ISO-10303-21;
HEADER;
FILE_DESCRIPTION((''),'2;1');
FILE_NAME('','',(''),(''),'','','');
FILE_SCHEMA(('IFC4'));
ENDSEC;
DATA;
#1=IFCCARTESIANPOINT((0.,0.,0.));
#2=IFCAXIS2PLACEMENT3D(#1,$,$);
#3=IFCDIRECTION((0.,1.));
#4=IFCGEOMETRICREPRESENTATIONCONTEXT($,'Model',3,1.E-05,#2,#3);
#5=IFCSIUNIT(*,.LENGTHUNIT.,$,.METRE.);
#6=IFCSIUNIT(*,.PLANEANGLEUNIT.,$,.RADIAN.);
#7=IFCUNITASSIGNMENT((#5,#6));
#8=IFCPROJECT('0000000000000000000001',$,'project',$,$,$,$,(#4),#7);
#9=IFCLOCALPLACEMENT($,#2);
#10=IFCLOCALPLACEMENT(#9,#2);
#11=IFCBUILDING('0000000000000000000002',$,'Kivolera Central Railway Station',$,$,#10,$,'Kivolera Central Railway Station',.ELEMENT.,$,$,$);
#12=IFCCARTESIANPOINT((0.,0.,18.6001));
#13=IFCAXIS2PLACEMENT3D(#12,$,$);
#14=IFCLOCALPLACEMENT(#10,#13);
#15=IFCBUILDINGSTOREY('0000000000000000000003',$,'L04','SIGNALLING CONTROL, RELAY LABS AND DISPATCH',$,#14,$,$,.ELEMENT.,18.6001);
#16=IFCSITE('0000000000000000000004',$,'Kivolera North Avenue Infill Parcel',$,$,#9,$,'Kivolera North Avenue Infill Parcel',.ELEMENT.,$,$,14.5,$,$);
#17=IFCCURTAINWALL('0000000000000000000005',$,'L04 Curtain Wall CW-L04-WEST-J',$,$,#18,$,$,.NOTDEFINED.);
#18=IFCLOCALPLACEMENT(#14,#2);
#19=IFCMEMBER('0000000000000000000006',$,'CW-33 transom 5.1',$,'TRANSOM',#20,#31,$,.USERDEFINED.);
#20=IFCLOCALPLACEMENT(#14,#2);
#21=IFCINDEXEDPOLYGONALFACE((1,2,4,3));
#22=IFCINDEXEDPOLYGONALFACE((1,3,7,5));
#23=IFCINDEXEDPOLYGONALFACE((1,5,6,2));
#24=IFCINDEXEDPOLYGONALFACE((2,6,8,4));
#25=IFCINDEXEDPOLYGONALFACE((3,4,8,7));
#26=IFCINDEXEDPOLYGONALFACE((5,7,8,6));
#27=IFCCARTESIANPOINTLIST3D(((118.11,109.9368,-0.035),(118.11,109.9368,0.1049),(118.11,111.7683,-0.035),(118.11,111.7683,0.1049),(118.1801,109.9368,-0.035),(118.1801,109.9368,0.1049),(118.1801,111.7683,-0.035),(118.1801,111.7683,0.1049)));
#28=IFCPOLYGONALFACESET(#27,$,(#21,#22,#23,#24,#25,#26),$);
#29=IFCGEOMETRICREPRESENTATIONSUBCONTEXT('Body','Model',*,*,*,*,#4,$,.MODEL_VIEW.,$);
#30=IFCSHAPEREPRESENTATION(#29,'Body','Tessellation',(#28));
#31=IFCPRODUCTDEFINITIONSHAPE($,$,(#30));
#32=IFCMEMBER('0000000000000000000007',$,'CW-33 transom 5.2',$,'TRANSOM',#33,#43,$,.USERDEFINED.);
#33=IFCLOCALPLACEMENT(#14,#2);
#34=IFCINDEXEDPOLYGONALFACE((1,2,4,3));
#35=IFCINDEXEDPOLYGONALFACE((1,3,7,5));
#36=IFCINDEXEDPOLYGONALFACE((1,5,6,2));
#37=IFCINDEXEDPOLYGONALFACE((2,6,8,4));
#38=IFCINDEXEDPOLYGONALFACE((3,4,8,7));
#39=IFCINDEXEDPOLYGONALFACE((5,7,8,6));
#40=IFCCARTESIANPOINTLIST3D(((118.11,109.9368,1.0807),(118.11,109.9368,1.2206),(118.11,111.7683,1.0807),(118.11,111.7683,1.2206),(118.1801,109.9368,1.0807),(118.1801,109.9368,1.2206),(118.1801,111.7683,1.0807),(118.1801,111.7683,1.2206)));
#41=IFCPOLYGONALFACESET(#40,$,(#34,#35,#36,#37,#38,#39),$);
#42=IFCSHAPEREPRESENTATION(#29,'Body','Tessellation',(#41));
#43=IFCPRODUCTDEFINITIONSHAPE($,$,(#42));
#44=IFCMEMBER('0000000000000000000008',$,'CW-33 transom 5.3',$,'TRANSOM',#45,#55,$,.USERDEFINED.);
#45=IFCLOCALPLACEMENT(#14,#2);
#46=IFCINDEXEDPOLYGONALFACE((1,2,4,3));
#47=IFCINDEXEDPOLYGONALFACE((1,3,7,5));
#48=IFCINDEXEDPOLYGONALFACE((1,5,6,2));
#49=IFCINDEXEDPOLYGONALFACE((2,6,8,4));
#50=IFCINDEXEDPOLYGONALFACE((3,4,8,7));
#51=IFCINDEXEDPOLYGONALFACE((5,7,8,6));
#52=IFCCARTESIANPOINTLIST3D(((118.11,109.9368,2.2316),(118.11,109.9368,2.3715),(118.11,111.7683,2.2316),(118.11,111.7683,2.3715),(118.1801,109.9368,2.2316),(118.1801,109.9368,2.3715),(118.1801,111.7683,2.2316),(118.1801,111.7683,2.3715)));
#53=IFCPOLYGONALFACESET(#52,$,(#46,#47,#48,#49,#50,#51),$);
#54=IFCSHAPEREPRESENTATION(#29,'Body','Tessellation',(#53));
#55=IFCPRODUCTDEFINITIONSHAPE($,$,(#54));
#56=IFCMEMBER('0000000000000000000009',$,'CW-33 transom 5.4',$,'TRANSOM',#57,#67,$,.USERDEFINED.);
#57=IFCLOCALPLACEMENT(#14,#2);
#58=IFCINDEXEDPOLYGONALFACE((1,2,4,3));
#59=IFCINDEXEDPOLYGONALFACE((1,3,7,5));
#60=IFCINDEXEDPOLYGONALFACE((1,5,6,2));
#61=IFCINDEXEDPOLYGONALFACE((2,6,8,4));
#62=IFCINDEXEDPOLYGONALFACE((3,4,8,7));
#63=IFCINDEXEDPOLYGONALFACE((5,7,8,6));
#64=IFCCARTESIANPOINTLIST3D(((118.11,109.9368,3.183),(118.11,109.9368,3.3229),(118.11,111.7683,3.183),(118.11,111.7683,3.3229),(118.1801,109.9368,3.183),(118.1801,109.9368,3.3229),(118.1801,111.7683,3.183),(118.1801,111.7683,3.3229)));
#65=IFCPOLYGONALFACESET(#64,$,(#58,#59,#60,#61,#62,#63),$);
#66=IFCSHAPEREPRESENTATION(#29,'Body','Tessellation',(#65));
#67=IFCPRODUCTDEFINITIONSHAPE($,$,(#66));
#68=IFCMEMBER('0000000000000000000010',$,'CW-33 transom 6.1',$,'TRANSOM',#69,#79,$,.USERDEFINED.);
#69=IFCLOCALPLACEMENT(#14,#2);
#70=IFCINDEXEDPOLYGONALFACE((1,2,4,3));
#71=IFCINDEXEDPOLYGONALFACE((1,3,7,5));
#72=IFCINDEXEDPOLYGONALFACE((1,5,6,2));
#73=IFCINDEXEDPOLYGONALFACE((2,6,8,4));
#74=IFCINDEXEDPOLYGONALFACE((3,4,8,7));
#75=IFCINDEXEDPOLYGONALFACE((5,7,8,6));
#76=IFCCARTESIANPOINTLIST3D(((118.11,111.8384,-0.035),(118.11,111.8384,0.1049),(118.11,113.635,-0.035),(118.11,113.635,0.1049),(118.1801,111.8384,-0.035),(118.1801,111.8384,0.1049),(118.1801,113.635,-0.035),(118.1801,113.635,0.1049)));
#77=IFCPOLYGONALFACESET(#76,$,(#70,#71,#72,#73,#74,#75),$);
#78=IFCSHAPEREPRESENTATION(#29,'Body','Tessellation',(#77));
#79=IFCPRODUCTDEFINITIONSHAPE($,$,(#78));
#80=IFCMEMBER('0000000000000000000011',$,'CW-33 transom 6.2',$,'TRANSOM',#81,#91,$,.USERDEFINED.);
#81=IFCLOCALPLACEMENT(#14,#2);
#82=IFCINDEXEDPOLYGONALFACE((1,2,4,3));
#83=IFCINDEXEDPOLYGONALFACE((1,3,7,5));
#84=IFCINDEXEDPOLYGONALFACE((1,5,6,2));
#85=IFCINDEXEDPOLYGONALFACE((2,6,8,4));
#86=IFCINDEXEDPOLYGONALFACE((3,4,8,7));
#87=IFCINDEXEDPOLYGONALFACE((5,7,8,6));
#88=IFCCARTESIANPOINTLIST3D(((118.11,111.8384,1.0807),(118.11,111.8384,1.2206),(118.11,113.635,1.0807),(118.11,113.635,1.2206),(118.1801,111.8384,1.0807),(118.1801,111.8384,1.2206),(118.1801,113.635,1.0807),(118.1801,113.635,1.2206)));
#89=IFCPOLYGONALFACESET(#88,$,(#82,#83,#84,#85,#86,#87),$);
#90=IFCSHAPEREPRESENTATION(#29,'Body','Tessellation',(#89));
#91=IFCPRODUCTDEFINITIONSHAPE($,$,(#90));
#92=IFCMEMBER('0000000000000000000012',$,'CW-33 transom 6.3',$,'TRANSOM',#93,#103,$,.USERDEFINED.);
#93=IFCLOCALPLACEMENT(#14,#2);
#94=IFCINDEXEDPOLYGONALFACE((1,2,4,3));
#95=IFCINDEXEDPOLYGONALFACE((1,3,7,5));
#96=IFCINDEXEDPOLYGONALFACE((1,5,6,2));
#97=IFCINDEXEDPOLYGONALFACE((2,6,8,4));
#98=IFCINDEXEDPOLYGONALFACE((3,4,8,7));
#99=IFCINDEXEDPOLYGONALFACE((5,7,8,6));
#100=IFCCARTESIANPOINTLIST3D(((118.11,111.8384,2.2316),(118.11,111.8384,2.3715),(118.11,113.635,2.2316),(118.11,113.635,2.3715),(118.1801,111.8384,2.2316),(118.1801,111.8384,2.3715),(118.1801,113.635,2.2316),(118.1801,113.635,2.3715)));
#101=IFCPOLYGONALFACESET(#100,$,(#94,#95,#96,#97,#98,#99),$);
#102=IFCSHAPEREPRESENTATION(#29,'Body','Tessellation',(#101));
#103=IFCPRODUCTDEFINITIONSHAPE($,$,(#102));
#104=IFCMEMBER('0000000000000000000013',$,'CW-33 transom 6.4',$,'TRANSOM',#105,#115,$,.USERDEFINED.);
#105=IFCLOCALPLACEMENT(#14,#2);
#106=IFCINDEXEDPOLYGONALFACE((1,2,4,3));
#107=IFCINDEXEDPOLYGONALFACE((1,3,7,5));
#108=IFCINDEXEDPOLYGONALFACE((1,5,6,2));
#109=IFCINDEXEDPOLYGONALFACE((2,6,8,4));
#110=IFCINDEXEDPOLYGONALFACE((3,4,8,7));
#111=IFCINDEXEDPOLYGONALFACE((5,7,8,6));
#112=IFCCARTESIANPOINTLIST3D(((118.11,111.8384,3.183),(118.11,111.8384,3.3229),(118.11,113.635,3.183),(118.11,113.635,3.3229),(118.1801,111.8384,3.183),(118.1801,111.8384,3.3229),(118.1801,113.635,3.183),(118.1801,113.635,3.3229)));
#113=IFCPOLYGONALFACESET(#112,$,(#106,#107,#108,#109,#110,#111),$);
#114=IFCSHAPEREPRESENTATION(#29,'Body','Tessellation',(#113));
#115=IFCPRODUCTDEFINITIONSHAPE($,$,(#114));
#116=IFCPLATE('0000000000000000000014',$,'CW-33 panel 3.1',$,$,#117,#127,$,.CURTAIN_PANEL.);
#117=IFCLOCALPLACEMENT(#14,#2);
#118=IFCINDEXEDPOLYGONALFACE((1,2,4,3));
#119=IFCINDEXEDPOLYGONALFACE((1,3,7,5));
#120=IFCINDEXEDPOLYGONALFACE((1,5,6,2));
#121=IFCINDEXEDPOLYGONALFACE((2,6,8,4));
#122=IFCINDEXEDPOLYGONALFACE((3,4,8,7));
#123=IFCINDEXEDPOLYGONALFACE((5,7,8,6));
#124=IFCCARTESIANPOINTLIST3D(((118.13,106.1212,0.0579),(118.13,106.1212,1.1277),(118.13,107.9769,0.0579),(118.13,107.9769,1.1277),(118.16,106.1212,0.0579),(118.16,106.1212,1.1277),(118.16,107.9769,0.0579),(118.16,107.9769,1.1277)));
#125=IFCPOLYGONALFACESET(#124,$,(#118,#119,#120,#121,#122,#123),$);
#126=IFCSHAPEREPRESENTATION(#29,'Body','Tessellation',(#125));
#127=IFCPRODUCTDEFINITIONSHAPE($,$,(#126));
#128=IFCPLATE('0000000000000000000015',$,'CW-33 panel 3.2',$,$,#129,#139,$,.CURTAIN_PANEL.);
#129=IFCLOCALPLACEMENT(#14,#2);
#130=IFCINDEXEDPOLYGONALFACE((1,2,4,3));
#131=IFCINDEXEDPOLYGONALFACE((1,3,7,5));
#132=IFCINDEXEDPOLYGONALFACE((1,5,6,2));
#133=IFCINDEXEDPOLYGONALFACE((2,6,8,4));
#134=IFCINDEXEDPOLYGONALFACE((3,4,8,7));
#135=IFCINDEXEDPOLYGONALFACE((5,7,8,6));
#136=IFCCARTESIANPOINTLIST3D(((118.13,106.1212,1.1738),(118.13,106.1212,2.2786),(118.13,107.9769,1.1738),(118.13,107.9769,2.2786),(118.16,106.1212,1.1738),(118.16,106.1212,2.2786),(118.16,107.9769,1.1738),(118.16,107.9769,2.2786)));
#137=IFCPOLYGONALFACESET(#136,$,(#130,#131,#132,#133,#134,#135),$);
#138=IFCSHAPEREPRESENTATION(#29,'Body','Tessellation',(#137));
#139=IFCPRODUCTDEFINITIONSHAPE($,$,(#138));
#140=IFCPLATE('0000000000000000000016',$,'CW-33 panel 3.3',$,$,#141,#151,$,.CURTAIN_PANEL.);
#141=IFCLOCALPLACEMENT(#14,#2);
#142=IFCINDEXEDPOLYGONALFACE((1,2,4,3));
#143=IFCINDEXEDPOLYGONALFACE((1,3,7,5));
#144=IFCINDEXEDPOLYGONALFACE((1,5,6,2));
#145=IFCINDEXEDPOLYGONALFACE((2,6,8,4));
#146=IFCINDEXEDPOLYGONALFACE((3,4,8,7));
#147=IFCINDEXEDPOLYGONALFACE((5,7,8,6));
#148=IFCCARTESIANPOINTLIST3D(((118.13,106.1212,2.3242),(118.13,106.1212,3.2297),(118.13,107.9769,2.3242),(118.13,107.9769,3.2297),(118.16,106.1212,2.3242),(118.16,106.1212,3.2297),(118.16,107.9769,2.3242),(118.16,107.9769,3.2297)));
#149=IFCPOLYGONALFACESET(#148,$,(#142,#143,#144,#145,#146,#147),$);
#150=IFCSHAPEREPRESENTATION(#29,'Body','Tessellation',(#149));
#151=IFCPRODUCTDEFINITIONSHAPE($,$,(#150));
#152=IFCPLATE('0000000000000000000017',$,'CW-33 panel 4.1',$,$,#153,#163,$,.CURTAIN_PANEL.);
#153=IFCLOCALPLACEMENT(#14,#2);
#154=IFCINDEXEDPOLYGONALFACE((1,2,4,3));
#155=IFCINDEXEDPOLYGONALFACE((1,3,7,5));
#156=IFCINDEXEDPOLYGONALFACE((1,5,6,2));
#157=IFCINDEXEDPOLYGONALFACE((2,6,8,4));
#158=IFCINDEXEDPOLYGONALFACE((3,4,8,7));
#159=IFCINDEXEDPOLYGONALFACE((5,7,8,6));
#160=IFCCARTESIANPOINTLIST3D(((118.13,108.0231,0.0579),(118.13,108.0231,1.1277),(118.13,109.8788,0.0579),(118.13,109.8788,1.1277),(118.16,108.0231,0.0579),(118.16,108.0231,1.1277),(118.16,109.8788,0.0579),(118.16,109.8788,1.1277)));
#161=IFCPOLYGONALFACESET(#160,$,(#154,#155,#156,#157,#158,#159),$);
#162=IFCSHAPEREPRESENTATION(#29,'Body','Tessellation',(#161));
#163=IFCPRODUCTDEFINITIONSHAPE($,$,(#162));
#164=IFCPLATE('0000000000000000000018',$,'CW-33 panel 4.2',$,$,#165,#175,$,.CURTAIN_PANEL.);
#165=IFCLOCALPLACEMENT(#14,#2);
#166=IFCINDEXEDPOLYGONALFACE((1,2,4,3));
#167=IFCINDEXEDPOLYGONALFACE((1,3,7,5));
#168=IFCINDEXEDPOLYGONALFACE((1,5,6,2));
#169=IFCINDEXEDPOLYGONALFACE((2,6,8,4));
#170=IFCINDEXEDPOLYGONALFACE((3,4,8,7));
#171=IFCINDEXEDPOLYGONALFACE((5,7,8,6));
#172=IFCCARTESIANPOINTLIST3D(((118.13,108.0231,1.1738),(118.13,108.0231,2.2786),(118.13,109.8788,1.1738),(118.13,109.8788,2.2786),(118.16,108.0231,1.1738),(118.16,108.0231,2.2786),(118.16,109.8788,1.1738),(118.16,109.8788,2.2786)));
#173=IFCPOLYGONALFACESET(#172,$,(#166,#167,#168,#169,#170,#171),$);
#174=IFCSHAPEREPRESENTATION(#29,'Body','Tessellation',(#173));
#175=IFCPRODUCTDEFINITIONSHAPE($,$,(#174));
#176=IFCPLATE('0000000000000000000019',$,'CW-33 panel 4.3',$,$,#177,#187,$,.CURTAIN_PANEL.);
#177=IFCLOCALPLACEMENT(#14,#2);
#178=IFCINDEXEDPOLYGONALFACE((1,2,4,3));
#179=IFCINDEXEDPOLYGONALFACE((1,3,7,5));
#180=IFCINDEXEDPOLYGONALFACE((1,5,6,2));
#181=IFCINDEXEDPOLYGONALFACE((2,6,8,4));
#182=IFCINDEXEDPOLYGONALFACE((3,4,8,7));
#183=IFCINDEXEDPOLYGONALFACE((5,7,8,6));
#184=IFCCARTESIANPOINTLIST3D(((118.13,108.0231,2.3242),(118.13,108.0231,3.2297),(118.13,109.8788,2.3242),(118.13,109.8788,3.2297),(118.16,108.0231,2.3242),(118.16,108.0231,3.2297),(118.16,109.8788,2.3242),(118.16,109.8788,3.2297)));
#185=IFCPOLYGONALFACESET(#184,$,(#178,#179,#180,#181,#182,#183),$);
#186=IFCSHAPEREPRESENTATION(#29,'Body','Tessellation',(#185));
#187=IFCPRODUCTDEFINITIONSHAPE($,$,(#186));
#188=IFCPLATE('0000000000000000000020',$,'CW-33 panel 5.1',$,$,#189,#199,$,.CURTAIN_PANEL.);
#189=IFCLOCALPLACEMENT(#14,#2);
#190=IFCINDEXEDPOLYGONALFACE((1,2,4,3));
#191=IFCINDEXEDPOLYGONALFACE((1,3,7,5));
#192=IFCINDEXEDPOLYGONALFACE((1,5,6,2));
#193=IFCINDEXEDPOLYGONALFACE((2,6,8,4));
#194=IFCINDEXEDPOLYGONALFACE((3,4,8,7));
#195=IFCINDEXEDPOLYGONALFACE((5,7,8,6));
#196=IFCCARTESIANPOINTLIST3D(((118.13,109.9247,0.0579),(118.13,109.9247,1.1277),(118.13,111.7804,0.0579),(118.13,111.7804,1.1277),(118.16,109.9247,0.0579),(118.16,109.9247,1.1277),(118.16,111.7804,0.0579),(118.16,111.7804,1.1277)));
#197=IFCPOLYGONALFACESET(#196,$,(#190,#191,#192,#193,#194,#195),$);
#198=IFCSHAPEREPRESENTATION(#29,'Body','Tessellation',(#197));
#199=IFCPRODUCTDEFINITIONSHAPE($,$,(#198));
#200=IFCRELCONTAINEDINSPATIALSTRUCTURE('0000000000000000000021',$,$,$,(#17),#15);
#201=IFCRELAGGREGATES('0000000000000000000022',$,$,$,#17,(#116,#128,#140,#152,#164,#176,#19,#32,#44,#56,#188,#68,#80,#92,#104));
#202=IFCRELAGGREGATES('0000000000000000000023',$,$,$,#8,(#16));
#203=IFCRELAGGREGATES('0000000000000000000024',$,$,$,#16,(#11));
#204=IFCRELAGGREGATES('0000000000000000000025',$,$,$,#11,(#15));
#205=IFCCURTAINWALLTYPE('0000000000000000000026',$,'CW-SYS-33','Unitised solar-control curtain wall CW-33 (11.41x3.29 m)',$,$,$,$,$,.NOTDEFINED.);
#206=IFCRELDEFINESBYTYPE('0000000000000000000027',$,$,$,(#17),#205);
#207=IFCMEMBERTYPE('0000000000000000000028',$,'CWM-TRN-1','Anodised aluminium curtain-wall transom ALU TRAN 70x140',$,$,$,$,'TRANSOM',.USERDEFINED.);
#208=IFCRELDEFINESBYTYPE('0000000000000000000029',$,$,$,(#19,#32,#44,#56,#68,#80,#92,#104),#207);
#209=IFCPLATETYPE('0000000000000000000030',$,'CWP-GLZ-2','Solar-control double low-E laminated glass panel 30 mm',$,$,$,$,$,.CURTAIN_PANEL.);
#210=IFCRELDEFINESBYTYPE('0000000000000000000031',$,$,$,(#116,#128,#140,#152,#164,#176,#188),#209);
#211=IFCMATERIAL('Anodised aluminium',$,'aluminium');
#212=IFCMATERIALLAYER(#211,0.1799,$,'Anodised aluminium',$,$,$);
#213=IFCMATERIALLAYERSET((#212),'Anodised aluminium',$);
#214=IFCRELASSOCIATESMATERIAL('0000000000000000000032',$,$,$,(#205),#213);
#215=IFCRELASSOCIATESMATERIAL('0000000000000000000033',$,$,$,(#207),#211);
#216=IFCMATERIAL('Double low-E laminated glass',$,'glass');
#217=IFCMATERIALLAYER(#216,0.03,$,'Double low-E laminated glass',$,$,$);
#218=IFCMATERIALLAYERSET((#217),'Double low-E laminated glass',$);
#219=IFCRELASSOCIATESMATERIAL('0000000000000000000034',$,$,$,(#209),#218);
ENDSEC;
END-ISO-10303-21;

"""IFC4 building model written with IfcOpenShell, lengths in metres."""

from ifc_helpers import new_model, si_unit, direction, frame, origin, origin_2d, place, context, subcontext, project, spatial, rectangle, extrude, material, layer, layer_set, material_profile, profile_set, type_object, element, aggregate, save


model = new_model("IFC4")

# Units and contexts
model_context = context("Model", 3, precision=1e-05, world=origin(), true_north=direction((0.0, 1.0)))
body_context = subcontext(model_context, "Body", "Model", "MODEL_VIEW")
ifc_project = project(units=[si_unit("LENGTHUNIT", "METRE"), si_unit("PLANEANGLEUNIT", "RADIAN")], contexts=[model_context])

# Site, building, storey
site_placement = place(None, origin())
site = spatial("IfcSite", under=ifc_project, at=site_placement, Name="Kivolera North Avenue Infill Parcel", LongName="Kivolera North Avenue Infill Parcel", CompositionType="ELEMENT", RefElevation=14.5)
building_placement = place(site_placement, origin())
building = spatial("IfcBuilding", under=site, at=building_placement, Name="Kivolera Central Railway Station", LongName="Kivolera Central Railway Station", CompositionType="ELEMENT")
storey_placement = place(building_placement, frame((0.0, 0.0, 18.6001)))
storey = spatial("IfcBuildingStorey", under=building, at=storey_placement, Name="L04", Description="SIGNALLING CONTROL, RELAY LABS AND DISPATCH", CompositionType="ELEMENT", Elevation=18.6001)

# Curtain wall
ifc_material_1 = material(Name="Anodised aluminium", Category="aluminium")
ifc_layer_1 = layer(ifc_material_1, 0.1799, Name="Anodised aluminium")
ifc_layer_set_1 = layer_set([ifc_layer_1], Name="Anodised aluminium")
curtain_wall_type = type_object("IfcCurtainWallType", Name="CW-SYS-33", Description="Unitised solar-control curtain wall CW-33 (11.41x3.29 m)", PredefinedType="NOTDEFINED", material=ifc_layer_set_1)
curtain_wall_1_placement = place(storey_placement, origin())
curtain_wall_1 = element("IfcCurtainWall", 1, at=curtain_wall_1_placement, inside=storey, type_object=curtain_wall_type, Name="L04 Curtain Wall CW-L04-WEST-J", PredefinedType="NOTDEFINED")

# Members
ifc_material_profile_1 = material_profile(ifc_material_1, rectangle(XDim=0.0701, YDim=0.1399, at=origin_2d()), Name="ALU TRAN 70x140")
ifc_profile_set_1 = profile_set([ifc_material_profile_1], Name="Anodised aluminium")
member_type_1 = type_object("IfcMemberType", Name="CWM-TRN-1", Description="Anodised aluminium curtain-wall transom ALU TRAN 70x140", ElementType="TRANSOM", PredefinedType="USERDEFINED", material=ifc_profile_set_1)
member_1_placement = place(storey_placement, frame((118.145, 109.9368, 0.0349), z_axis=(0.0, 1.0, 0.0), x_axis=(-1.0, 0.0, 0.0)))
member_1 = element("IfcMember", 2, at=member_1_placement, type_object=member_type_1, Name="CW-33 transom 5.1", ObjectType="TRANSOM", PredefinedType="USERDEFINED", context=body_context, shape_type="SweptSolid", body=[
    extrude(rectangle(XDim=0.0701, YDim=0.1399, at=origin_2d()), origin(), (0.0, 0.0, 1.0), 1.8315),
])
member_2_placement = place(storey_placement, frame((118.145, 109.9368, 1.1506), z_axis=(0.0, 1.0, 0.0), x_axis=(-1.0, 0.0, 0.0)))
member_2 = element("IfcMember", 3, at=member_2_placement, type_object=member_type_1, Name="CW-33 transom 5.2", ObjectType="TRANSOM", PredefinedType="USERDEFINED", context=body_context, shape_type="SweptSolid", body=[
    extrude(rectangle(XDim=0.0701, YDim=0.1399, at=origin_2d()), origin(), (0.0, 0.0, 1.0), 1.8315),
])
member_3_placement = place(storey_placement, frame((118.145, 109.9368, 2.3015), z_axis=(0.0, 1.0, 0.0), x_axis=(-1.0, 0.0, 0.0)))
member_3 = element("IfcMember", 4, at=member_3_placement, type_object=member_type_1, Name="CW-33 transom 5.3", ObjectType="TRANSOM", PredefinedType="USERDEFINED", context=body_context, shape_type="SweptSolid", body=[
    extrude(rectangle(XDim=0.0701, YDim=0.1399, at=origin_2d()), origin(), (0.0, 0.0, 1.0), 1.8315),
])
member_4_placement = place(storey_placement, frame((118.145, 109.9368, 3.2529), z_axis=(0.0, 1.0, 0.0), x_axis=(-1.0, 0.0, 0.0)))
member_4 = element("IfcMember", 5, at=member_4_placement, type_object=member_type_1, Name="CW-33 transom 5.4", ObjectType="TRANSOM", PredefinedType="USERDEFINED", context=body_context, shape_type="SweptSolid", body=[
    extrude(rectangle(XDim=0.0701, YDim=0.1399, at=origin_2d()), origin(), (0.0, 0.0, 1.0), 1.8315),
])
member_5_placement = place(storey_placement, frame((118.145, 111.8384, 0.0349), z_axis=(0.0, 1.0, 0.0), x_axis=(-1.0, 0.0, 0.0)))
member_5 = element("IfcMember", 6, at=member_5_placement, type_object=member_type_1, Name="CW-33 transom 6.1", ObjectType="TRANSOM", PredefinedType="USERDEFINED", context=body_context, shape_type="SweptSolid", body=[
    extrude(rectangle(XDim=0.0701, YDim=0.1399, at=origin_2d()), origin(), (0.0, 0.0, 1.0), 1.7966),
])
member_6_placement = place(storey_placement, frame((118.145, 111.8384, 1.1506), z_axis=(0.0, 1.0, 0.0), x_axis=(-1.0, 0.0, 0.0)))
member_6 = element("IfcMember", 7, at=member_6_placement, type_object=member_type_1, Name="CW-33 transom 6.2", ObjectType="TRANSOM", PredefinedType="USERDEFINED", context=body_context, shape_type="SweptSolid", body=[
    extrude(rectangle(XDim=0.0701, YDim=0.1399, at=origin_2d()), origin(), (0.0, 0.0, 1.0), 1.7966),
])
member_7_placement = place(storey_placement, frame((118.145, 111.8384, 2.3015), z_axis=(0.0, 1.0, 0.0), x_axis=(-1.0, 0.0, 0.0)))
member_7 = element("IfcMember", 8, at=member_7_placement, type_object=member_type_1, Name="CW-33 transom 6.3", ObjectType="TRANSOM", PredefinedType="USERDEFINED", context=body_context, shape_type="SweptSolid", body=[
    extrude(rectangle(XDim=0.0701, YDim=0.1399, at=origin_2d()), origin(), (0.0, 0.0, 1.0), 1.7966),
])
member_8_placement = place(storey_placement, frame((118.145, 111.8384, 3.2529), z_axis=(0.0, 1.0, 0.0), x_axis=(-1.0, 0.0, 0.0)))
member_8 = element("IfcMember", 9, at=member_8_placement, type_object=member_type_1, Name="CW-33 transom 6.4", ObjectType="TRANSOM", PredefinedType="USERDEFINED", context=body_context, shape_type="SweptSolid", body=[
    extrude(rectangle(XDim=0.0701, YDim=0.1399, at=origin_2d()), origin(), (0.0, 0.0, 1.0), 1.7966),
])

# Plates
ifc_material_2 = material(Name="Double low-E laminated glass", Category="glass")
ifc_layer_2 = layer(ifc_material_2, 0.03, Name="Double low-E laminated glass")
ifc_layer_set_2 = layer_set([ifc_layer_2], Name="Double low-E laminated glass")
plate_type = type_object("IfcPlateType", Name="CWP-GLZ-2", Description="Solar-control double low-E laminated glass panel 30 mm", PredefinedType="CURTAIN_PANEL", material=ifc_layer_set_2)
plate_1_placement = place(storey_placement, frame((118.145, 107.0491, 0.0579), z_axis=(0.0, 0.0, 1.0), x_axis=(0.0, 1.0, 0.0)))
plate_1 = element("IfcPlate", 10, at=plate_1_placement, type_object=plate_type, Name="CW-33 panel 3.1", PredefinedType="CURTAIN_PANEL", context=body_context, shape_type="SweptSolid", body=[
    extrude(rectangle(XDim=1.8557, YDim=0.03, at=origin_2d()), origin(), (0.0, 0.0, 1.0), 1.0698),
])
plate_2_placement = place(storey_placement, frame((118.145, 107.0491, 1.1738), z_axis=(0.0, 0.0, 1.0), x_axis=(0.0, 1.0, 0.0)))
plate_2 = element("IfcPlate", 11, at=plate_2_placement, type_object=plate_type, Name="CW-33 panel 3.2", PredefinedType="CURTAIN_PANEL", context=body_context, shape_type="SweptSolid", body=[
    extrude(rectangle(XDim=1.8557, YDim=0.03, at=origin_2d()), origin(), (0.0, 0.0, 1.0), 1.1047),
])
plate_3_placement = place(storey_placement, frame((118.145, 107.0491, 2.3242), z_axis=(0.0, 0.0, 1.0), x_axis=(0.0, 1.0, 0.0)))
plate_3 = element("IfcPlate", 12, at=plate_3_placement, type_object=plate_type, Name="CW-33 panel 3.3", PredefinedType="CURTAIN_PANEL", context=body_context, shape_type="SweptSolid", body=[
    extrude(rectangle(XDim=1.8557, YDim=0.03, at=origin_2d()), origin(), (0.0, 0.0, 1.0), 0.9055),
])
plate_4_placement = place(storey_placement, frame((118.145, 108.9509, 0.0579), z_axis=(0.0, 0.0, 1.0), x_axis=(0.0, 1.0, 0.0)))
plate_4 = element("IfcPlate", 13, at=plate_4_placement, type_object=plate_type, Name="CW-33 panel 4.1", PredefinedType="CURTAIN_PANEL", context=body_context, shape_type="SweptSolid", body=[
    extrude(rectangle(XDim=1.8557, YDim=0.03, at=origin_2d()), origin(), (0.0, 0.0, 1.0), 1.0698),
])
plate_5_placement = place(storey_placement, frame((118.145, 108.9509, 1.1738), z_axis=(0.0, 0.0, 1.0), x_axis=(0.0, 1.0, 0.0)))
plate_5 = element("IfcPlate", 14, at=plate_5_placement, type_object=plate_type, Name="CW-33 panel 4.2", PredefinedType="CURTAIN_PANEL", context=body_context, shape_type="SweptSolid", body=[
    extrude(rectangle(XDim=1.8557, YDim=0.03, at=origin_2d()), origin(), (0.0, 0.0, 1.0), 1.1047),
])
plate_6_placement = place(storey_placement, frame((118.145, 108.9509, 2.3242), z_axis=(0.0, 0.0, 1.0), x_axis=(0.0, 1.0, 0.0)))
plate_6 = element("IfcPlate", 15, at=plate_6_placement, type_object=plate_type, Name="CW-33 panel 4.3", PredefinedType="CURTAIN_PANEL", context=body_context, shape_type="SweptSolid", body=[
    extrude(rectangle(XDim=1.8557, YDim=0.03, at=origin_2d()), origin(), (0.0, 0.0, 1.0), 0.9055),
])
plate_7_placement = place(storey_placement, frame((118.145, 110.8525, 0.0579), z_axis=(0.0, 0.0, 1.0), x_axis=(0.0, 1.0, 0.0)))
plate_7 = element("IfcPlate", 16, at=plate_7_placement, type_object=plate_type, Name="CW-33 panel 5.1", PredefinedType="CURTAIN_PANEL", context=body_context, shape_type="SweptSolid", body=[
    extrude(rectangle(XDim=1.8557, YDim=0.03, at=origin_2d()), origin(), (0.0, 0.0, 1.0), 1.0698),
])
aggregate(curtain_wall_1, [plate_1, plate_2, plate_3, plate_4, plate_5, plate_6, member_1, member_2, member_3, member_4, plate_7, member_5, member_6, member_7, member_8])

save(model, "model.ifc")
